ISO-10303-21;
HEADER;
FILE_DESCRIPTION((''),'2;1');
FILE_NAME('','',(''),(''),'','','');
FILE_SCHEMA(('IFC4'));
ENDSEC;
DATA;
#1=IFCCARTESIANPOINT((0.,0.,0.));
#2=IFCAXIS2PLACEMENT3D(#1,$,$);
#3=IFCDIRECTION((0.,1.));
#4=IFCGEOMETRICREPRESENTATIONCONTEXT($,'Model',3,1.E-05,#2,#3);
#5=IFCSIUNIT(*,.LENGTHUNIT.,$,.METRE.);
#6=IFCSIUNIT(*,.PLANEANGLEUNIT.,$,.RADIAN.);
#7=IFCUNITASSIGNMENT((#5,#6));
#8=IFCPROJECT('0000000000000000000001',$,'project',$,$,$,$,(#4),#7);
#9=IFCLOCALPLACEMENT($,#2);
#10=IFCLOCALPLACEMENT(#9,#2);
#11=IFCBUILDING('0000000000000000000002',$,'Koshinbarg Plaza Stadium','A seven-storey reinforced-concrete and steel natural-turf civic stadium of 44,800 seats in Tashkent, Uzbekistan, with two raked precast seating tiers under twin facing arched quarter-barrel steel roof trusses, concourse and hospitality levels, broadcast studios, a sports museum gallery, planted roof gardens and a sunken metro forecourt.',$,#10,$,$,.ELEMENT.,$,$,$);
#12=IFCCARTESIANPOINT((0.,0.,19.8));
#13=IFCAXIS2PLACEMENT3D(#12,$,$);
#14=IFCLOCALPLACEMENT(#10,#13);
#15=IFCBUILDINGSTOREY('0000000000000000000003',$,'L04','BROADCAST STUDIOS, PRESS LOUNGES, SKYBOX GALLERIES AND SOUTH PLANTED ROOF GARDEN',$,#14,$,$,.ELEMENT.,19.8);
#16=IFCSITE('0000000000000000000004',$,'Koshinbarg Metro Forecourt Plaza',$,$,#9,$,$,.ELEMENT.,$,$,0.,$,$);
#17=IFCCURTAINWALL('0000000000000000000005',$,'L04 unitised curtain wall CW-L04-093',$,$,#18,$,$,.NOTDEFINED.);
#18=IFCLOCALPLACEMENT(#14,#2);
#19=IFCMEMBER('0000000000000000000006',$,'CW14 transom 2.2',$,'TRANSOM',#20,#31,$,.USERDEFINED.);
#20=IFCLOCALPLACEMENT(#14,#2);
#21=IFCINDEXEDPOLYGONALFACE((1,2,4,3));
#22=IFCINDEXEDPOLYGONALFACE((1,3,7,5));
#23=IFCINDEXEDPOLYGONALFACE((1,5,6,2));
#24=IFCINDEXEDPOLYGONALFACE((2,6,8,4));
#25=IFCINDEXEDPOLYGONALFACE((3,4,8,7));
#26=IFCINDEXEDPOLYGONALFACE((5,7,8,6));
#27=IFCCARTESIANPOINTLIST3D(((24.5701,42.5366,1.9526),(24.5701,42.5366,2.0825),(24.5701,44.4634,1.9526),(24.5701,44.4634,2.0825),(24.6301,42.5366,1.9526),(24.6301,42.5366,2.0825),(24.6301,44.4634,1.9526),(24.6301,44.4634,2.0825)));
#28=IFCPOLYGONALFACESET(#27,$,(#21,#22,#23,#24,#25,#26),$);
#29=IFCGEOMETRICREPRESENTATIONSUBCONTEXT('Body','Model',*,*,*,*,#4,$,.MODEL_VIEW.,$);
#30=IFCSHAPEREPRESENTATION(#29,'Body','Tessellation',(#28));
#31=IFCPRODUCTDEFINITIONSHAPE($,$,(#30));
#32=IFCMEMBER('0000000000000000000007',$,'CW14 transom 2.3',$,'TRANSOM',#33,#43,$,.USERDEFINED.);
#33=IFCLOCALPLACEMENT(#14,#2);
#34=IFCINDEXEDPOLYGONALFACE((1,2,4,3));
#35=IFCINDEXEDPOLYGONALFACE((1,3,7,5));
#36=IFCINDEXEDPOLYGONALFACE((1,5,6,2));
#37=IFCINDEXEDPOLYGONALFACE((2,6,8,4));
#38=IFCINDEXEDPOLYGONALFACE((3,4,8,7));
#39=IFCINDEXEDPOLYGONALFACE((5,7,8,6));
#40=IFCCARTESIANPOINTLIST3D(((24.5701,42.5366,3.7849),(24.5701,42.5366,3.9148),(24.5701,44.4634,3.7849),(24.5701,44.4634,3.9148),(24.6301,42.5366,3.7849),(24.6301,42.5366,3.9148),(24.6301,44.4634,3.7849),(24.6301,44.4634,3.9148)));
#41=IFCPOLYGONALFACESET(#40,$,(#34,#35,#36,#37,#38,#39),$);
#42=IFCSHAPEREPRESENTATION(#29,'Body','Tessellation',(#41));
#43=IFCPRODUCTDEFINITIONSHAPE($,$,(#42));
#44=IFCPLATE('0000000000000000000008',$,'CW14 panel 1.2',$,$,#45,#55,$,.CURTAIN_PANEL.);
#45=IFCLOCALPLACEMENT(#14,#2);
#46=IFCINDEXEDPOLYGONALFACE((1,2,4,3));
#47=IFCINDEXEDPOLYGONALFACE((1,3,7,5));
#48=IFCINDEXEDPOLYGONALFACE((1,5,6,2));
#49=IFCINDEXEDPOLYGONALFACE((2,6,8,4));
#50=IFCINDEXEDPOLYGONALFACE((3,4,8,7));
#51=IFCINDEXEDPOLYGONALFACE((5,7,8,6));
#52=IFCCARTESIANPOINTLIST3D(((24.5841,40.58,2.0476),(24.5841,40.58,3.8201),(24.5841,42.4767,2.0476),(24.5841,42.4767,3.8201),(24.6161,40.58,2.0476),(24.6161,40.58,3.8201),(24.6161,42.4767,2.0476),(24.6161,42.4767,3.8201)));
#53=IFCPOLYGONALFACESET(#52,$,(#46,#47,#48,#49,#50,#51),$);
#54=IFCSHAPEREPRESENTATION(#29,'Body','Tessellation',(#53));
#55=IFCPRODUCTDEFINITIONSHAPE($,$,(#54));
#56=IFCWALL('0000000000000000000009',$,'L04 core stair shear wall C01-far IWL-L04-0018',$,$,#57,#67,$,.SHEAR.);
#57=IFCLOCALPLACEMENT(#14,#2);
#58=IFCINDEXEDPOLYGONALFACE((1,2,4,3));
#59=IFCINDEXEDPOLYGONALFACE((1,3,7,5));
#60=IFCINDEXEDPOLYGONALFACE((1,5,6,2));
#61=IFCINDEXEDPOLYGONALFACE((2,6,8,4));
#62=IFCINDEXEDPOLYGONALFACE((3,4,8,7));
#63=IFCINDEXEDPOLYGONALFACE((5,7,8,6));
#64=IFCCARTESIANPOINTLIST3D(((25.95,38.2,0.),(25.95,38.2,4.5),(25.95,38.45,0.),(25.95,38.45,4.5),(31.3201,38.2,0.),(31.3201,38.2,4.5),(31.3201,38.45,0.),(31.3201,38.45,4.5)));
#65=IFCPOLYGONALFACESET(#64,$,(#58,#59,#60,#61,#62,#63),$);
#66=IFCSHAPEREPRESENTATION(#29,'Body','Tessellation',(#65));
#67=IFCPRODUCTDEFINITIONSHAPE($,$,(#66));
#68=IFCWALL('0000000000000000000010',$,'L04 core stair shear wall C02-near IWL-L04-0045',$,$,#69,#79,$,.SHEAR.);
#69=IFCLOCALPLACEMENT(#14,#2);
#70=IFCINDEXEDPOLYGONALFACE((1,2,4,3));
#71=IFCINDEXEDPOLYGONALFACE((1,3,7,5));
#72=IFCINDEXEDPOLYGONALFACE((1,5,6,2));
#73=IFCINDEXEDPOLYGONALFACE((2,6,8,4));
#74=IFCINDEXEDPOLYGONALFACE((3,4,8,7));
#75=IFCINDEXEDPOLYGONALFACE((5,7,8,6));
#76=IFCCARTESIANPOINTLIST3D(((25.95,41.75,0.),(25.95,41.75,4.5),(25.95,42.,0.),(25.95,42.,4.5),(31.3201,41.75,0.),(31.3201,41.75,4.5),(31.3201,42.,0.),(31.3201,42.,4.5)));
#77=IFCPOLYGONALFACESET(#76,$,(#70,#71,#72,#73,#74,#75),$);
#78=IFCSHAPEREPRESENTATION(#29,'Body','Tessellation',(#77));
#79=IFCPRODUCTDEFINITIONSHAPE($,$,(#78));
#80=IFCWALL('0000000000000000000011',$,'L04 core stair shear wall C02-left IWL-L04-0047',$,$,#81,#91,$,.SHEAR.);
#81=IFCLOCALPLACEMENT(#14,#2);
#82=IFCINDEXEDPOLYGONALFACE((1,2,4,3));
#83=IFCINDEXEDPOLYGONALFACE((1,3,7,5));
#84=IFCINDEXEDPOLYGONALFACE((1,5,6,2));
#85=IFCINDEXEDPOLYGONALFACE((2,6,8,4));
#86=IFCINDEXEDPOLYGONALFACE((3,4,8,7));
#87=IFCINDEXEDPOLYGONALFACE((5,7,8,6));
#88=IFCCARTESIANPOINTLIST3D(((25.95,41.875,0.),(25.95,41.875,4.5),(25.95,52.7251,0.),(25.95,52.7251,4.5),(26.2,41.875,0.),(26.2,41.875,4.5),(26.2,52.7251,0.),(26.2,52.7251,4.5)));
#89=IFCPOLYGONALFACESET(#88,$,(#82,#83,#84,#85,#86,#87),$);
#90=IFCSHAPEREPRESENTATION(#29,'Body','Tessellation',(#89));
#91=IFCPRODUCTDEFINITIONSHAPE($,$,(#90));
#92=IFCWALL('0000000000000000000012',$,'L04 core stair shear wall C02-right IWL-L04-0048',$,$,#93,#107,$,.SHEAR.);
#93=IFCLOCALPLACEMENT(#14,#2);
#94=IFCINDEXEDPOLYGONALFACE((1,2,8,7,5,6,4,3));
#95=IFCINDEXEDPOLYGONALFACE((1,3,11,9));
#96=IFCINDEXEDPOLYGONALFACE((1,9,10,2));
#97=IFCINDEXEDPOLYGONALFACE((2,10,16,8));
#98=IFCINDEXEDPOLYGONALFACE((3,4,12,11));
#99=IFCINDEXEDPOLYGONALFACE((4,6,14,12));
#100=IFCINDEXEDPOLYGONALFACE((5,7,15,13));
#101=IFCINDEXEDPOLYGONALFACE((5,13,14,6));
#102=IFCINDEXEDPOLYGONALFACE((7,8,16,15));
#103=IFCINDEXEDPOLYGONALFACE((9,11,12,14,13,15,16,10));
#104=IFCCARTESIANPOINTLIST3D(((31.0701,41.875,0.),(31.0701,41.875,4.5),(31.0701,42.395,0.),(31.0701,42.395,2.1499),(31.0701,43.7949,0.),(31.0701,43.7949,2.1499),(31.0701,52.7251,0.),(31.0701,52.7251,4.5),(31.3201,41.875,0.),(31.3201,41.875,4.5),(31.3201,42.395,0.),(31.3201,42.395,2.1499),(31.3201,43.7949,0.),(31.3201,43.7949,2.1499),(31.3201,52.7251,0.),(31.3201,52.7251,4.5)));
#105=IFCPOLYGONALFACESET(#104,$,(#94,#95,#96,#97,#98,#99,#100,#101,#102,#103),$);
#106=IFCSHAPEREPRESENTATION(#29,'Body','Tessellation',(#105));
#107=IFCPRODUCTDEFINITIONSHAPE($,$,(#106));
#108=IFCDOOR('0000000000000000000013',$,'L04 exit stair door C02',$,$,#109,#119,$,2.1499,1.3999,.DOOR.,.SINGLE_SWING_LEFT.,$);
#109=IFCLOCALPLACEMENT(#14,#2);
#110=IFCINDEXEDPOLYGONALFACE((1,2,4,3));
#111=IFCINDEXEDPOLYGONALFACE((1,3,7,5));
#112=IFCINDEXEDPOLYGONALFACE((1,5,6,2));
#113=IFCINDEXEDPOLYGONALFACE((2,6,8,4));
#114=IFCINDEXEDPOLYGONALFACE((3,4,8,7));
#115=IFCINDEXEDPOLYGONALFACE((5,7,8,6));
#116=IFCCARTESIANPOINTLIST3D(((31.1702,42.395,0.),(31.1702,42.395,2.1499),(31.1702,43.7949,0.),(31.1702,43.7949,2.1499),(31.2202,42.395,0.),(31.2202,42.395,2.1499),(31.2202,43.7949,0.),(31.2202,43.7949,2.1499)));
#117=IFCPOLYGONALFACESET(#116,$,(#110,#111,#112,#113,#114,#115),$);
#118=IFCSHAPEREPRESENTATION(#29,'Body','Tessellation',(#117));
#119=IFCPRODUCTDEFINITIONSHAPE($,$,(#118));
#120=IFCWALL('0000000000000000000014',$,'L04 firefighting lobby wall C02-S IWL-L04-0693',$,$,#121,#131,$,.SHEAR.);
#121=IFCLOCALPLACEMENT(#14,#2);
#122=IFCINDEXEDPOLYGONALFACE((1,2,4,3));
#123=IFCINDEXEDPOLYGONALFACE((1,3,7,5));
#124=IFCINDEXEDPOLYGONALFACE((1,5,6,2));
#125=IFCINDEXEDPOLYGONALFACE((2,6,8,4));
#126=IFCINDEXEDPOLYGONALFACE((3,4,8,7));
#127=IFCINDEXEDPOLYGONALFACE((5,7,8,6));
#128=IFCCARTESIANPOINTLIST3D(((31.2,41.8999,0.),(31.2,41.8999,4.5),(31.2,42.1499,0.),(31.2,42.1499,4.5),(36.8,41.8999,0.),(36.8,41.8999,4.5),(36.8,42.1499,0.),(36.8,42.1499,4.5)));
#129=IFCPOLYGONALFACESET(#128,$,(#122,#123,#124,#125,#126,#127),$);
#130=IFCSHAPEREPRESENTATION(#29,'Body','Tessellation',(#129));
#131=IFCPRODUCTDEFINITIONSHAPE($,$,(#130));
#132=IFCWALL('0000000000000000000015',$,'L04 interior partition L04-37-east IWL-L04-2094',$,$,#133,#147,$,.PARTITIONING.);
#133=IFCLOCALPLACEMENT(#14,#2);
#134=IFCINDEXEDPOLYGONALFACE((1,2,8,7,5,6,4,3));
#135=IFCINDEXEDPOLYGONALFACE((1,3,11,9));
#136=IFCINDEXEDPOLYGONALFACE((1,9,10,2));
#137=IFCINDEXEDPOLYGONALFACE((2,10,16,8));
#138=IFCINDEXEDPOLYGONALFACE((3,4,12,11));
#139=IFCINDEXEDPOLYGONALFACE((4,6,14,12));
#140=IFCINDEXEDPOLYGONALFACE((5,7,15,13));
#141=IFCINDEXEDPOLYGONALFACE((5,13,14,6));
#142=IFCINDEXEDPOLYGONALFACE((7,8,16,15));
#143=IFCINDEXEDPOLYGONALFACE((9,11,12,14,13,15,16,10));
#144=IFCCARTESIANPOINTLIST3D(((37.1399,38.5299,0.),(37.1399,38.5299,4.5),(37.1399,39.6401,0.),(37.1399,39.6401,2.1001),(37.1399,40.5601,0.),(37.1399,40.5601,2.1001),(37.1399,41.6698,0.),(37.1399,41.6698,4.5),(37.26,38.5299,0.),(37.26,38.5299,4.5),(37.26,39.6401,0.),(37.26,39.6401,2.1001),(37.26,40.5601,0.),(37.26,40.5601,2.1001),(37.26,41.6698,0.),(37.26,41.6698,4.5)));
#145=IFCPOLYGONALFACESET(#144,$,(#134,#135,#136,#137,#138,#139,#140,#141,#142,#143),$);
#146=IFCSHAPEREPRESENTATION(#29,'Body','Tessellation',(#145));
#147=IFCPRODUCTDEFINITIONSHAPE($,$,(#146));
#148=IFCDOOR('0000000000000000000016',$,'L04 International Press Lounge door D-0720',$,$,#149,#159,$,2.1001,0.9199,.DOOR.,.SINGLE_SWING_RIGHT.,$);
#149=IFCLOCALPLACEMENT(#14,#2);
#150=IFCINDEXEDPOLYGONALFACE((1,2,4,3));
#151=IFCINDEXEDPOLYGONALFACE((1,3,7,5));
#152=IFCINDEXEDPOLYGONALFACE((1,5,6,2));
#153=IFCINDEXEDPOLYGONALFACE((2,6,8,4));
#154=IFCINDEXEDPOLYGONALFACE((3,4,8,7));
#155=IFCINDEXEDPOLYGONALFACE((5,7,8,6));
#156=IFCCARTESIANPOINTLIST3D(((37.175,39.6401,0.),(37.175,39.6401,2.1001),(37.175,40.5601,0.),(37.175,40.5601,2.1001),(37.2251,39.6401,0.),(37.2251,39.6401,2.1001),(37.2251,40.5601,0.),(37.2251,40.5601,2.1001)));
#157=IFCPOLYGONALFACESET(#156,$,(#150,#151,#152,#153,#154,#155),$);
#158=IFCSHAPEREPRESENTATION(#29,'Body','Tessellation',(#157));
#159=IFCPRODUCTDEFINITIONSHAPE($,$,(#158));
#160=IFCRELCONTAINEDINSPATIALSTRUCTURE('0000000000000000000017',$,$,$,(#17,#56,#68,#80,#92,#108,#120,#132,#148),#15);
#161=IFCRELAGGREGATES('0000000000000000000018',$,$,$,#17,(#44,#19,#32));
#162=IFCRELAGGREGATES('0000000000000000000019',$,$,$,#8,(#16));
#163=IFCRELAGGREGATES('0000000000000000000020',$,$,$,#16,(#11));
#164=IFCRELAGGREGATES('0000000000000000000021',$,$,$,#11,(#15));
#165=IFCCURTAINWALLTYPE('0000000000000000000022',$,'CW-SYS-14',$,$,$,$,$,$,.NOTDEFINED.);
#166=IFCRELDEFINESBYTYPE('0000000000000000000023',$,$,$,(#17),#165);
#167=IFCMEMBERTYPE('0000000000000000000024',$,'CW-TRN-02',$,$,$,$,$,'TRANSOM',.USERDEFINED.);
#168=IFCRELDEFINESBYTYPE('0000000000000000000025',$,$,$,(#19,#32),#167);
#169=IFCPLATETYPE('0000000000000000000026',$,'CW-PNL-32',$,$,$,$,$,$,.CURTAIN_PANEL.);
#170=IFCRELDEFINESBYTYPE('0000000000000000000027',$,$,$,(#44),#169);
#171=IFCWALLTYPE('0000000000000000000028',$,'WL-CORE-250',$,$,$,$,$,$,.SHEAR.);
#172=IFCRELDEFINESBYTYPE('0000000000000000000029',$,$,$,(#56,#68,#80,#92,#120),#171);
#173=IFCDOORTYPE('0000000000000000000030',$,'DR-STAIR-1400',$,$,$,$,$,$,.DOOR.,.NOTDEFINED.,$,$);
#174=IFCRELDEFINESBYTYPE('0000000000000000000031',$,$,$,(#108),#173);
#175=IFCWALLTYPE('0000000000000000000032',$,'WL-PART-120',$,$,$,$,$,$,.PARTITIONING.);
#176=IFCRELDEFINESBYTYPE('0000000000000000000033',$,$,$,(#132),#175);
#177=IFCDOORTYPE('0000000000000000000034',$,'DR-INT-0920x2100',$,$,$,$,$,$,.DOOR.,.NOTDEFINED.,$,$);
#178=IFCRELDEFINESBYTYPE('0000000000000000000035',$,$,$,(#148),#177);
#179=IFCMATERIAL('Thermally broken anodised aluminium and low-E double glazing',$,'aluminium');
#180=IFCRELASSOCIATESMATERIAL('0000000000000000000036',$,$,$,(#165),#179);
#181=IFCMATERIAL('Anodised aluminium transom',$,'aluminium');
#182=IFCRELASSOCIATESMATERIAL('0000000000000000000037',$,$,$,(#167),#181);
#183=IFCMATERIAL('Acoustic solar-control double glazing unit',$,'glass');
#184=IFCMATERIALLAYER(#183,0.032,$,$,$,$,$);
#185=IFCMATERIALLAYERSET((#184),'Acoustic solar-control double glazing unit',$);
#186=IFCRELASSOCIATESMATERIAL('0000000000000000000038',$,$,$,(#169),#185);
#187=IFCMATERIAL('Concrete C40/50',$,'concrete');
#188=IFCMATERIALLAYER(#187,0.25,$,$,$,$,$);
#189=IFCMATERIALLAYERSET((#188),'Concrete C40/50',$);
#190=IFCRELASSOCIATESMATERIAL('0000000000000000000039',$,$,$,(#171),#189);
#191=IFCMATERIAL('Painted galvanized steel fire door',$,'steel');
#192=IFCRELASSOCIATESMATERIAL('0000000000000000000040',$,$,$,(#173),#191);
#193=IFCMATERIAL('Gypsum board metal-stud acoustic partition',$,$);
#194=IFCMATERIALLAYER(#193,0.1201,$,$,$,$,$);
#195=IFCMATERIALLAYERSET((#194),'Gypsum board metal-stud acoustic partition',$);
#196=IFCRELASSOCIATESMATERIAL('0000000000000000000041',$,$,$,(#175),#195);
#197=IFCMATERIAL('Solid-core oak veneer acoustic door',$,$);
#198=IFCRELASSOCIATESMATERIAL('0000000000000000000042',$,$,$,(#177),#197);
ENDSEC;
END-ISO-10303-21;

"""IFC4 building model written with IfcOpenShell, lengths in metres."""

from ifc_helpers import new_model, si_unit, direction, frame, frame_2d, origin, origin_2d, place, context, subcontext, project, spatial, rectangle, extrude, material, layer, layer_set, material_profile, profile_set, type_object, element, fill, aggregate, save


model = new_model("IFC4")

# Units and contexts
model_context = context("Model", 3, precision=1e-05, world=origin(), true_north=direction((0.0, 1.0)))
body_context = subcontext(model_context, "Body", "Model", "MODEL_VIEW")
ifc_project = project(units=[si_unit("LENGTHUNIT", "METRE"), si_unit("PLANEANGLEUNIT", "RADIAN")], contexts=[model_context])

# Site, building, storey
site_placement = place(None, origin())
site = spatial("IfcSite", under=ifc_project, at=site_placement, Name="Koshinbarg Metro Forecourt Plaza", CompositionType="ELEMENT", RefElevation=0.0)
building_placement = place(site_placement, origin())
building = spatial("IfcBuilding", under=site, at=building_placement, Name="Koshinbarg Plaza Stadium", Description="A seven-storey reinforced-concrete and steel natural-turf civic stadium of 44,800 seats in Tashkent, Uzbekistan, with two raked precast seating tiers under twin facing arched quarter-barrel steel roof trusses, concourse and hospitality levels, broadcast studios, a sports museum gallery, planted roof gardens and a sunken metro forecourt.", CompositionType="ELEMENT")
storey_placement = place(building_placement, frame((0.0, 0.0, 19.8)))
storey = spatial("IfcBuildingStorey", under=building, at=storey_placement, Name="L04", Description="BROADCAST STUDIOS, PRESS LOUNGES, SKYBOX GALLERIES AND SOUTH PLANTED ROOF GARDEN", CompositionType="ELEMENT", Elevation=19.8)

# Curtain wall, members, plate
ifc_material_1 = material(Name="Thermally broken anodised aluminium and low-E double glazing", Category="aluminium")
curtain_wall_type = type_object("IfcCurtainWallType", Name="CW-SYS-14", PredefinedType="NOTDEFINED", material=ifc_material_1)
curtain_wall_placement = place(storey_placement, origin())
curtain_wall = element("IfcCurtainWall", 1, at=curtain_wall_placement, inside=storey, type_object=curtain_wall_type, Name="L04 unitised curtain wall CW-L04-093", PredefinedType="NOTDEFINED")
ifc_material_2 = material(Name="Anodised aluminium transom", Category="aluminium")
ifc_material_profile_1 = material_profile(ifc_material_2, rectangle(XDim=0.0601, YDim=0.1299, at=origin_2d()), Name="ALU 60x130")
ifc_profile_set_1 = profile_set([ifc_material_profile_1], Name="Anodised aluminium transom")
member_type_1 = type_object("IfcMemberType", Name="CW-TRN-02", ElementType="TRANSOM", PredefinedType="USERDEFINED", material=ifc_profile_set_1)
member_1_placement = place(storey_placement, frame((24.6001, 42.5366, 2.0176), z_axis=(0.0, 1.0, 0.0), x_axis=(-1.0, 0.0, 0.0)))
member_1 = element("IfcMember", 2, at=member_1_placement, type_object=member_type_1, Name="CW14 transom 2.2", ObjectType="TRANSOM", PredefinedType="USERDEFINED", context=body_context, shape_type="SweptSolid", body=[
    extrude(rectangle(XDim=0.0601, YDim=0.1299, at=origin_2d()), origin(), (0.0, 0.0, 1.0), 1.9268),
])
member_2_placement = place(storey_placement, frame((24.6001, 42.5366, 3.8499), z_axis=(0.0, 1.0, 0.0), x_axis=(-1.0, 0.0, 0.0)))
member_2 = element("IfcMember", 3, at=member_2_placement, type_object=member_type_1, Name="CW14 transom 2.3", ObjectType="TRANSOM", PredefinedType="USERDEFINED", context=body_context, shape_type="SweptSolid", body=[
    extrude(rectangle(XDim=0.0601, YDim=0.1299, at=origin_2d()), origin(), (0.0, 0.0, 1.0), 1.9268),
])
ifc_material_3 = material(Name="Acoustic solar-control double glazing unit", Category="glass")
ifc_layer_1 = layer(ifc_material_3, 0.032)
ifc_layer_set_1 = layer_set([ifc_layer_1], Name="Acoustic solar-control double glazing unit")
plate_type = type_object("IfcPlateType", Name="CW-PNL-32", PredefinedType="CURTAIN_PANEL", material=ifc_layer_set_1)
plate_placement = place(storey_placement, frame((24.6001, 41.5283, 2.0476), z_axis=(0.0, 0.0, 1.0), x_axis=(0.0, 1.0, 0.0)))
plate = element("IfcPlate", 4, at=plate_placement, type_object=plate_type, Name="CW14 panel 1.2", PredefinedType="CURTAIN_PANEL", context=body_context, shape_type="SweptSolid", body=[
    extrude(rectangle(XDim=1.8967, YDim=0.032, at=origin_2d()), origin(), (0.0, 0.0, 1.0), 1.7725),
])
aggregate(curtain_wall, [plate, member_1, member_2])

# Walls
ifc_material_4 = material(Name="Concrete C40/50", Category="concrete")
ifc_layer_2 = layer(ifc_material_4, 0.25)
ifc_layer_set_2 = layer_set([ifc_layer_2], Name="Concrete C40/50")
wall_type_1 = type_object("IfcWallType", Name="WL-CORE-250", PredefinedType="SHEAR", material=ifc_layer_set_2)
for number, where, z_axis, x_axis, name in (
    (5, (31.3201, 38.325, 0.0), (0.0, 0.0, 1.0), (-1.0, 0.0, 0.0), "L04 core stair shear wall C01-far IWL-L04-0018"),
    (6, (25.95, 41.875, 0.0), (0.0, 0.0, 1.0), (1.0, 0.0, 0.0), "L04 core stair shear wall C02-near IWL-L04-0045"),
):
    element("IfcWall", number, at=place(storey_placement, frame(where, z_axis=z_axis, x_axis=x_axis)), inside=storey, type_object=wall_type_1, Name=name, PredefinedType="SHEAR", context=body_context, shape_type="SweptSolid", body=[
        extrude(rectangle(XDim=5.3701, YDim=0.25, at=frame_2d((2.6851, 0.0))), origin(), (0.0, 0.0, 1.0), 4.5),
    ])
wall_1_placement = place(storey_placement, frame((26.075, 41.875, 0.0), z_axis=(0.0, 0.0, 1.0), x_axis=(0.0, 1.0, 0.0)))
element("IfcWall", 7, at=wall_1_placement, inside=storey, type_object=wall_type_1, Name="L04 core stair shear wall C02-left IWL-L04-0047", PredefinedType="SHEAR", context=body_context, shape_type="SweptSolid", body=[
    extrude(rectangle(XDim=10.8501, YDim=0.25, at=frame_2d((5.425, 0.0))), origin(), (0.0, 0.0, 1.0), 4.5),
])

# Wall, opening, door
wall_2_placement = place(storey_placement, frame((31.1951, 41.875, 0.0), z_axis=(0.0, 0.0, 1.0), x_axis=(0.0, 1.0, 0.0)))
wall_2 = element("IfcWall", 8, at=wall_2_placement, inside=storey, type_object=wall_type_1, Name="L04 core stair shear wall C02-right IWL-L04-0048", PredefinedType="SHEAR", context=body_context, shape_type="SweptSolid", body=[
    extrude(rectangle(XDim=10.8501, YDim=0.25, at=frame_2d((5.425, 0.0))), origin(), (0.0, 0.0, 1.0), 4.5),
])
opening_1_placement = place(wall_2_placement, frame((0.52, 0.0, 0.0)))
opening_1 = element("IfcOpeningElement", 9, at=opening_1_placement, cuts=wall_2, PredefinedType="OPENING", context=body_context, shape_type="SweptSolid", body=[
    extrude(rectangle(XDim=1.3999, YDim=2.1499, at=frame_2d((0.7, 1.075))), frame((0.0, 0.135, 0.0), z_axis=(0.0, -1.0, 0.0), x_axis=(1.0, 0.0, 0.0)), (0.0, 0.0, 1.0), 0.27),
])
ifc_material_5 = material(Name="Painted galvanized steel fire door", Category="steel")
door_type_1 = type_object("IfcDoorType", Name="DR-STAIR-1400", OperationType="NOTDEFINED", PredefinedType="DOOR", material=ifc_material_5)
door_1_placement = place(opening_1_placement, origin())
door_1 = element("IfcDoor", 10, at=door_1_placement, inside=storey, type_object=door_type_1, Name="L04 exit stair door C02", OperationType="SINGLE_SWING_LEFT", OverallHeight=2.1499, OverallWidth=1.3999, PredefinedType="DOOR", context=body_context, shape_type="SweptSolid", body=[
    extrude(rectangle(XDim=1.3999, YDim=2.1499, at=frame_2d((0.7, 1.075))), frame((0.0, 0.0249, 0.0), z_axis=(0.0, -1.0, 0.0), x_axis=(1.0, 0.0, 0.0)), (0.0, 0.0, 1.0), 0.05),
])
fill(opening_1, door_1)

# Wall
wall_3_placement = place(storey_placement, frame((31.2, 42.0249, 0.0), z_axis=(0.0, 0.0, 1.0), x_axis=(1.0, 0.0, 0.0)))
element("IfcWall", 11, at=wall_3_placement, inside=storey, type_object=wall_type_1, Name="L04 firefighting lobby wall C02-S IWL-L04-0693", PredefinedType="SHEAR", context=body_context, shape_type="SweptSolid", body=[
    extrude(rectangle(XDim=5.6001, YDim=0.25, at=frame_2d((2.8, 0.0))), origin(), (0.0, 0.0, 1.0), 4.5),
])

# Wall, opening, door
ifc_material_6 = material(Name="Gypsum board metal-stud acoustic partition")
ifc_layer_3 = layer(ifc_material_6, 0.1201)
ifc_layer_set_3 = layer_set([ifc_layer_3], Name="Gypsum board metal-stud acoustic partition")
wall_type_2 = type_object("IfcWallType", Name="WL-PART-120", PredefinedType="PARTITIONING", material=ifc_layer_set_3)
wall_4_placement = place(storey_placement, frame((37.2, 38.53, 0.0), z_axis=(0.0, 0.0, 1.0), x_axis=(0.0, 1.0, 0.0)))
wall_4 = element("IfcWall", 12, at=wall_4_placement, inside=storey, type_object=wall_type_2, Name="L04 interior partition L04-37-east IWL-L04-2094", PredefinedType="PARTITIONING", context=body_context, shape_type="SweptSolid", body=[
    extrude(rectangle(XDim=3.1399, YDim=0.1201, at=frame_2d((1.5698, 0.0))), origin(), (0.0, 0.0, 1.0), 4.5),
])
opening_2_placement = place(wall_4_placement, frame((1.1101, 0.0, 0.0)))
opening_2 = element("IfcOpeningElement", 13, at=opening_2_placement, cuts=wall_4, PredefinedType="OPENING", context=body_context, shape_type="SweptSolid", body=[
    extrude(rectangle(XDim=0.9199, YDim=2.1001, at=frame_2d((0.46, 1.05))), frame((0.0, 0.0701, 0.0), z_axis=(0.0, -1.0, 0.0), x_axis=(1.0, 0.0, 0.0)), (0.0, 0.0, 1.0), 0.1401),
])
ifc_material_7 = material(Name="Solid-core oak veneer acoustic door")
door_type_2 = type_object("IfcDoorType", Name="DR-INT-0920x2100", OperationType="NOTDEFINED", PredefinedType="DOOR", material=ifc_material_7)
door_2_placement = place(opening_2_placement, origin())
door_2 = element("IfcDoor", 14, at=door_2_placement, inside=storey, type_object=door_type_2, Name="L04 International Press Lounge door D-0720", OperationType="SINGLE_SWING_RIGHT", OverallHeight=2.1001, OverallWidth=0.9199, PredefinedType="DOOR", context=body_context, shape_type="SweptSolid", body=[
    extrude(rectangle(XDim=0.9199, YDim=2.1001, at=frame_2d((0.46, 1.05))), frame((0.0, 0.0249, 0.0), z_axis=(0.0, -1.0, 0.0), x_axis=(1.0, 0.0, 0.0)), (0.0, 0.0, 1.0), 0.05),
])
fill(opening_2, door_2)

save(model, "model.ifc")
